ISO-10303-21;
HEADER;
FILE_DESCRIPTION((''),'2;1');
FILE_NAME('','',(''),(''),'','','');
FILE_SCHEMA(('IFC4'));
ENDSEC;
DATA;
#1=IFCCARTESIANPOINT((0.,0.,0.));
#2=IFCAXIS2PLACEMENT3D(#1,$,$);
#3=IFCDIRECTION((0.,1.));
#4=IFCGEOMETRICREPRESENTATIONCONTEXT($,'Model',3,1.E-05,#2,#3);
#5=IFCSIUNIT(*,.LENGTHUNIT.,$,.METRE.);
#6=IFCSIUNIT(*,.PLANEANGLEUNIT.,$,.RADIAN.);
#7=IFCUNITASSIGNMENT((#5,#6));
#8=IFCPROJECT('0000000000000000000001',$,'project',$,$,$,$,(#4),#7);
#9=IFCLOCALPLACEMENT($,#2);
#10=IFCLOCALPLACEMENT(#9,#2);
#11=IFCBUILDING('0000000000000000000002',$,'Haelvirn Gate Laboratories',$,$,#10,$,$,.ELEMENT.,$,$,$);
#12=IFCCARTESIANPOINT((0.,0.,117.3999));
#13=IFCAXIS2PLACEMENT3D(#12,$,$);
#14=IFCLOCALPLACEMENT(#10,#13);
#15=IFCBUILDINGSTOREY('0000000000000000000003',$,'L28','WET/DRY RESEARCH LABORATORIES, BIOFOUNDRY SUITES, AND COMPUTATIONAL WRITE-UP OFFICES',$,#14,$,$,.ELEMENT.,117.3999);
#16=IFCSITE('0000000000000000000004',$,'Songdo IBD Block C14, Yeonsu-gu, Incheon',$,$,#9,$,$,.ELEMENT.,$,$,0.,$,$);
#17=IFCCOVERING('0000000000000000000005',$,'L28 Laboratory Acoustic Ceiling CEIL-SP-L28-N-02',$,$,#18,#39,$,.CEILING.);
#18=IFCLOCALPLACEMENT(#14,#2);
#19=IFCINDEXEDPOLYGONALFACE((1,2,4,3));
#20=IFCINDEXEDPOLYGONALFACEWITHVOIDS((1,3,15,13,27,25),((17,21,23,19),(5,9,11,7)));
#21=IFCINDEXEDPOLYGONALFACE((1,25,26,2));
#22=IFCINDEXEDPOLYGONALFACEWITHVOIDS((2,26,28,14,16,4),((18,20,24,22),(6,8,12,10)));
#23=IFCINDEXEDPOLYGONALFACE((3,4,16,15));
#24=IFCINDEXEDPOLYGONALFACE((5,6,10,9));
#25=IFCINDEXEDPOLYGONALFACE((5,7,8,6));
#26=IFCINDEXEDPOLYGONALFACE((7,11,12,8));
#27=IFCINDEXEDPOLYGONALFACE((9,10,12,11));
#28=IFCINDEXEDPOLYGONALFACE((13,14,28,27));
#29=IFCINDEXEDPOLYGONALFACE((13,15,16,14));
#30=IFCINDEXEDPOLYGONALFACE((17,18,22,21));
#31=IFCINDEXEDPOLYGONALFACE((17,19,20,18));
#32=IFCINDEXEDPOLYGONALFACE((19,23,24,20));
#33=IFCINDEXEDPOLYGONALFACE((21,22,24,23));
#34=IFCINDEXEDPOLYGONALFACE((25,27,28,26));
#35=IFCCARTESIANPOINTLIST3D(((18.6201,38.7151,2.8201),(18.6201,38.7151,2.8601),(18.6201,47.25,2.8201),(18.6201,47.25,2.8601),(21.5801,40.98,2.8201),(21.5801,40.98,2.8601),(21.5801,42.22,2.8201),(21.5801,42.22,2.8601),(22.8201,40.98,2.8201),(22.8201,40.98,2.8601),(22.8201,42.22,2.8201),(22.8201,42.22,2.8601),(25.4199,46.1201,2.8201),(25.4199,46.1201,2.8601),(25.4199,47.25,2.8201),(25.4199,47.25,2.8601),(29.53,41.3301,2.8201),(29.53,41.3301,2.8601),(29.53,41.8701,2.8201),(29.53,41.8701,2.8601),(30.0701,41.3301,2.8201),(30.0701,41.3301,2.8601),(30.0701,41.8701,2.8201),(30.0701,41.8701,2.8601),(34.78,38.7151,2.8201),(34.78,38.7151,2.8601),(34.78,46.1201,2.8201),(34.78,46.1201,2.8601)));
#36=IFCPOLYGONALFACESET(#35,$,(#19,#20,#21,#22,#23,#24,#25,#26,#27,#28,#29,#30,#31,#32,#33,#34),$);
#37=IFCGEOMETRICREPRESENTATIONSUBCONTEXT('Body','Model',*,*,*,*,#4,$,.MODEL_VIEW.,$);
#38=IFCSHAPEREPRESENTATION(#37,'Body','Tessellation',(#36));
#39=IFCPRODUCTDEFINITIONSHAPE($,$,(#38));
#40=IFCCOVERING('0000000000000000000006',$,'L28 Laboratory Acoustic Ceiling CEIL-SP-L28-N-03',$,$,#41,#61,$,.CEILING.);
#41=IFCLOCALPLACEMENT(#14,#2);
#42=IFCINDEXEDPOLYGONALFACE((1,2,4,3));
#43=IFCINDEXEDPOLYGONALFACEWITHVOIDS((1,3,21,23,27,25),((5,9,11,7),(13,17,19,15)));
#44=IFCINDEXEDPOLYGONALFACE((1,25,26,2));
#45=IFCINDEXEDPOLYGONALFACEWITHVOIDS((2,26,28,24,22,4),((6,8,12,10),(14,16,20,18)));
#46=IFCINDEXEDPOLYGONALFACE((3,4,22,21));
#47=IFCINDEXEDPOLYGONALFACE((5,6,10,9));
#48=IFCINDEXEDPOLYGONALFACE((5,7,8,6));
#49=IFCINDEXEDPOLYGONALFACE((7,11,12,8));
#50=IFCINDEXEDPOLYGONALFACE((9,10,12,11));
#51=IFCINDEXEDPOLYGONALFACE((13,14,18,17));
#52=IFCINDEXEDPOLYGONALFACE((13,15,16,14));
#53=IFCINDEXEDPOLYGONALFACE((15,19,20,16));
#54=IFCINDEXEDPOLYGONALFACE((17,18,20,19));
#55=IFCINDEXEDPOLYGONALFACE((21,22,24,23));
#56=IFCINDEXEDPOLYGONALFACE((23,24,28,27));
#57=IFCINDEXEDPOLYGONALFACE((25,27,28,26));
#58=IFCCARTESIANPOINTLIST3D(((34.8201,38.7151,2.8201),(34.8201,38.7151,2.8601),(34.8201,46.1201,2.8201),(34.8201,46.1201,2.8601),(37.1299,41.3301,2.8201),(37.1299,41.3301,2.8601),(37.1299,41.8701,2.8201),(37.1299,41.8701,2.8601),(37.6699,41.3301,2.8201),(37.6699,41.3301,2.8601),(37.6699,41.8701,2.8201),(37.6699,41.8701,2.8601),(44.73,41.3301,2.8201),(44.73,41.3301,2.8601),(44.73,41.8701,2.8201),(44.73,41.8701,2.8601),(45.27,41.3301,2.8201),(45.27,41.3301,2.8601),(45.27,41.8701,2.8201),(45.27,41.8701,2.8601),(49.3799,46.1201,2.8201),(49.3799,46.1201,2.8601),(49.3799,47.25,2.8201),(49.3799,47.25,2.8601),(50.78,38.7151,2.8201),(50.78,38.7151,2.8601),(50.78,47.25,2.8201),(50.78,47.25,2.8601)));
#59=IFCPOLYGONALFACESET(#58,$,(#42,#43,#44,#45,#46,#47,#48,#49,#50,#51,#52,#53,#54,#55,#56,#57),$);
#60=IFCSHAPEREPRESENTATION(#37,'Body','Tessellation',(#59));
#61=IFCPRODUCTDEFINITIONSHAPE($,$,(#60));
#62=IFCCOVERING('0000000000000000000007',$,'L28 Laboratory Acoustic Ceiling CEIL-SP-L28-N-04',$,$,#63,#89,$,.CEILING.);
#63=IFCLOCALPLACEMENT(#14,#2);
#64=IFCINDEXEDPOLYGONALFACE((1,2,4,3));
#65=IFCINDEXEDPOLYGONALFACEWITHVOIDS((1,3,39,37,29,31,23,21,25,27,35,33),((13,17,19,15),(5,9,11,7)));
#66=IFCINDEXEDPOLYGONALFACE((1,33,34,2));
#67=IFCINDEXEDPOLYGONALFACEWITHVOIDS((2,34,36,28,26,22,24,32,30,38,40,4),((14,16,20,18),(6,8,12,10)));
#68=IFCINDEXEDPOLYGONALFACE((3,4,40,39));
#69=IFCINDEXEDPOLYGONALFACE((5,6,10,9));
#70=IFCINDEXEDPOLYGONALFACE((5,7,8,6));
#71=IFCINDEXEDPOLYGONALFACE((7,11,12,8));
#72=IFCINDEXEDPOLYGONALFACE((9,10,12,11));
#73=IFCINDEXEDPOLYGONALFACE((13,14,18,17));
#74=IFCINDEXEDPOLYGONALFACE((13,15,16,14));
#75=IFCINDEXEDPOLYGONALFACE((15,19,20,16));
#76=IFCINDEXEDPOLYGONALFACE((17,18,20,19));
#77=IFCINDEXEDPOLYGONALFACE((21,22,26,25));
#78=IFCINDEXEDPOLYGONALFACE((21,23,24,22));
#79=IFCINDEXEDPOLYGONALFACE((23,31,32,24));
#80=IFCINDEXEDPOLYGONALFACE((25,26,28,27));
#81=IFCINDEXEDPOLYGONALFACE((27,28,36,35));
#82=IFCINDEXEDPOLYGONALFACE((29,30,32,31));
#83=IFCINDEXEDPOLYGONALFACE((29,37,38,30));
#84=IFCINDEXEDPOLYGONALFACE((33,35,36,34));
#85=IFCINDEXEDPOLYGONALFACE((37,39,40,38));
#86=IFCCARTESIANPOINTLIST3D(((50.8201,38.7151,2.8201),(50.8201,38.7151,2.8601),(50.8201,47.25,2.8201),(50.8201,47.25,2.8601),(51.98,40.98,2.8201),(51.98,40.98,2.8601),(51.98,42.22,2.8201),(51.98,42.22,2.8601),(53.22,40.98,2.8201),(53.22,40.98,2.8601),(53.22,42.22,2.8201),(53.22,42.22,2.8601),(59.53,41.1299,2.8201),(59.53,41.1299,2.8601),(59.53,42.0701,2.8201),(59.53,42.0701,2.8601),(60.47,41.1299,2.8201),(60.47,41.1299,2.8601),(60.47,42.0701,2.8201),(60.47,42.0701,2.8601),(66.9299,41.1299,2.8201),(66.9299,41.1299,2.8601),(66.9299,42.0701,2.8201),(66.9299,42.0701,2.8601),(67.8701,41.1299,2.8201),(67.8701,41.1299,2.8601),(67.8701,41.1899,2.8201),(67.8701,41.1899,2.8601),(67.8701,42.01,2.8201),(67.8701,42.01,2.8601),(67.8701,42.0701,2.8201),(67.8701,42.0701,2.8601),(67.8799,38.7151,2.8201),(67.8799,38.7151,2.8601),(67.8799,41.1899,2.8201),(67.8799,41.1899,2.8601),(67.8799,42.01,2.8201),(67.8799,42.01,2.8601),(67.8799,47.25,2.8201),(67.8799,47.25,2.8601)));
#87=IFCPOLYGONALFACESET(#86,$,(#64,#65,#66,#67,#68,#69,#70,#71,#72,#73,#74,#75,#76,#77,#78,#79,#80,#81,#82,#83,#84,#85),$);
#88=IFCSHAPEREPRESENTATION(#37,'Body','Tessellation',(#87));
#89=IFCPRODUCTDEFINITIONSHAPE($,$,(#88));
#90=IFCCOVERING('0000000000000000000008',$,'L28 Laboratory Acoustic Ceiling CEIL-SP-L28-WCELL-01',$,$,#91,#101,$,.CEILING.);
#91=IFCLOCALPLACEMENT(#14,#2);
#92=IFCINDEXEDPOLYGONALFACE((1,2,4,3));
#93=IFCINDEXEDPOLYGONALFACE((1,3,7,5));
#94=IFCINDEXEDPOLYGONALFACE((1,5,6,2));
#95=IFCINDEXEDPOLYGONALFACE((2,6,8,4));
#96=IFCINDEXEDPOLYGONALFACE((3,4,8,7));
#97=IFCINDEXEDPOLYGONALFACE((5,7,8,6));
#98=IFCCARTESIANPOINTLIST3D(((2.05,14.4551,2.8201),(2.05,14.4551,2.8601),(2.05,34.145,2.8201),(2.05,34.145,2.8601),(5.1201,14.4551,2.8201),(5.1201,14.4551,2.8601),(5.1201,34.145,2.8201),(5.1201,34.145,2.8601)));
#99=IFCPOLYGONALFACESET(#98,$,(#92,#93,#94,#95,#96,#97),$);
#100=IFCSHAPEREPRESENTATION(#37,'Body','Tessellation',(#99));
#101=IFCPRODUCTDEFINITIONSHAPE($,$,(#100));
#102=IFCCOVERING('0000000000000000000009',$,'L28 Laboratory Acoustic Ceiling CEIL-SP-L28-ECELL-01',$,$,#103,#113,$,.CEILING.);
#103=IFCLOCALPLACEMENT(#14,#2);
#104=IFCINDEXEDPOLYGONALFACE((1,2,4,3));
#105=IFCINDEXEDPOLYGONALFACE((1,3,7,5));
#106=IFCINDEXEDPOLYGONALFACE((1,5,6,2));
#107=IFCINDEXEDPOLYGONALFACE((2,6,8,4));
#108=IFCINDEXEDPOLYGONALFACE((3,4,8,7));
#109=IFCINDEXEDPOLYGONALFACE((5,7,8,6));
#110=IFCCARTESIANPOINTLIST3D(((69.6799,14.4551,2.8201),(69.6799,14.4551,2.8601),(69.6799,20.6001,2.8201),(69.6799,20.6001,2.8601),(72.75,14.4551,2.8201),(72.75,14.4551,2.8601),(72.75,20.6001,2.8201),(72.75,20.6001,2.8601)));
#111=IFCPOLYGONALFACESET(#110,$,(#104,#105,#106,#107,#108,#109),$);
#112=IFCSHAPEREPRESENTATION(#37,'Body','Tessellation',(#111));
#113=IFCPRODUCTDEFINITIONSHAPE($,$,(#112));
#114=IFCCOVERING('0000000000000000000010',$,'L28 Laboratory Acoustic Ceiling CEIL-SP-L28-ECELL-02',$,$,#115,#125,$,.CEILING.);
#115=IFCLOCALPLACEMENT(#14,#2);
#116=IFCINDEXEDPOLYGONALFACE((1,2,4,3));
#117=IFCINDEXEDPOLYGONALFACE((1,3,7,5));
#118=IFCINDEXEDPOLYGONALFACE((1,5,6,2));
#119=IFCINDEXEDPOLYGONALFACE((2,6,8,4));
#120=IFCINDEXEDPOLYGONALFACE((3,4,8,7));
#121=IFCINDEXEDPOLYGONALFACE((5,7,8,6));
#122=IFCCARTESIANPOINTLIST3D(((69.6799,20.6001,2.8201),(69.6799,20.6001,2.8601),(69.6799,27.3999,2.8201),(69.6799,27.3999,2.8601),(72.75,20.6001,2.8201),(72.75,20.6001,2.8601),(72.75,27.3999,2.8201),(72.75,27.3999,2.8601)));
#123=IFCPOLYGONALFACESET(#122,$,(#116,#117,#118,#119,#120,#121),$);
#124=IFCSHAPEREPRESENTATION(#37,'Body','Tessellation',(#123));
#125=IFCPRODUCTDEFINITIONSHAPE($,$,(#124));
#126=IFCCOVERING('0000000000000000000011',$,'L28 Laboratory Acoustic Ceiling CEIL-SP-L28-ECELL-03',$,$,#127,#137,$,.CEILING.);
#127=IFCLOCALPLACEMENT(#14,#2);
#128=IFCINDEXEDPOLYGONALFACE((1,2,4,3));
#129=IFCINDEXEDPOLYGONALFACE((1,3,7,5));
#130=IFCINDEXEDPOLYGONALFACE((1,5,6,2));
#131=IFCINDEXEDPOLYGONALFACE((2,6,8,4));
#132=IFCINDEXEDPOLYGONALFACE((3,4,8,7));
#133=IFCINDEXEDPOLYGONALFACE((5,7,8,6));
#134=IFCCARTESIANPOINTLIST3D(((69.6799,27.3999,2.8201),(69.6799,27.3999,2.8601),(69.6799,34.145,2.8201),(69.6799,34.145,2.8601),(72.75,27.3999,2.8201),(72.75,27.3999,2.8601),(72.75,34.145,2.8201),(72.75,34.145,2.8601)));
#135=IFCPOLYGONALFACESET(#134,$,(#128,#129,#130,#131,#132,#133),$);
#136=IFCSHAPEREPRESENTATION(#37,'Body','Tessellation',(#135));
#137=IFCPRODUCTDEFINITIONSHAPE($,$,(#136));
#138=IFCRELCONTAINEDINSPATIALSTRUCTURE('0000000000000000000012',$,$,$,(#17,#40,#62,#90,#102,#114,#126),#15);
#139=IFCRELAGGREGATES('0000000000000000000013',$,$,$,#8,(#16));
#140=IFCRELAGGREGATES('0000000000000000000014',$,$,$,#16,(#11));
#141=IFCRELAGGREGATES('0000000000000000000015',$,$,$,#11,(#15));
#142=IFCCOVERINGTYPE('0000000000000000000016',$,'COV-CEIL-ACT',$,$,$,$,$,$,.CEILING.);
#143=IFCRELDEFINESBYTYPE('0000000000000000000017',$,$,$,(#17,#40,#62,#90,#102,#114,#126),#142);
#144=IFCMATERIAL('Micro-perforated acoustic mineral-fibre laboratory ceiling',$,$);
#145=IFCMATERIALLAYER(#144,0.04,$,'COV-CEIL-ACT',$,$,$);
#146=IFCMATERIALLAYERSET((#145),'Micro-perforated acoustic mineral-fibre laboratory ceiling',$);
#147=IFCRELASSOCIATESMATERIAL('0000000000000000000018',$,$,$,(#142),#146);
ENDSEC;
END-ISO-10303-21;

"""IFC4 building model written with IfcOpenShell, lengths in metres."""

from ifc_helpers import new_model, si_unit, direction, frame, origin, place, context, subcontext, project, spatial, polyline, outline, extrude, material, layer, layer_set, type_object, element, save


model = new_model("IFC4")

# Units and contexts
model_context = context("Model", 3, precision=1e-05, world=origin(), true_north=direction((0.0, 1.0)))
body_context = subcontext(model_context, "Body", "Model", "MODEL_VIEW")
ifc_project = project(units=[si_unit("LENGTHUNIT", "METRE"), si_unit("PLANEANGLEUNIT", "RADIAN")], contexts=[model_context])

# Site, building, storey
site_placement = place(None, origin())
site = spatial("IfcSite", under=ifc_project, at=site_placement, Name="Songdo IBD Block C14, Yeonsu-gu, Incheon", CompositionType="ELEMENT", RefElevation=0.0)
building_placement = place(site_placement, origin())
building = spatial("IfcBuilding", under=site, at=building_placement, Name="Haelvirn Gate Laboratories", CompositionType="ELEMENT")
storey_placement = place(building_placement, frame((0.0, 0.0, 117.3999)))
storey = spatial("IfcBuildingStorey", under=building, at=storey_placement, Name="L28", Description="WET/DRY RESEARCH LABORATORIES, BIOFOUNDRY SUITES, AND COMPUTATIONAL WRITE-UP OFFICES", CompositionType="ELEMENT", Elevation=117.3999)

# Coverings
ifc_material_1 = material(Name="Micro-perforated acoustic mineral-fibre laboratory ceiling")
ifc_layer_1 = layer(ifc_material_1, 0.04, Name="COV-CEIL-ACT")
ifc_layer_set_1 = layer_set([ifc_layer_1], Name="Micro-perforated acoustic mineral-fibre laboratory ceiling")
covering_type = type_object("IfcCoveringType", Name="COV-CEIL-ACT", PredefinedType="CEILING", material=ifc_layer_set_1)
covering_1_placement = place(storey_placement, frame((0.0, 0.0, 2.8201)))
element("IfcCovering", 1, at=covering_1_placement, inside=storey, type_object=covering_type, Name="L28 Laboratory Acoustic Ceiling CEIL-SP-L28-N-02", PredefinedType="CEILING", context=body_context, shape_type="SweptSolid", body=[
    extrude(outline(polyline([(34.78, 38.7151), (18.6201, 38.7151), (18.6201, 47.25), (25.4199, 47.25), (25.4199, 46.1201), (34.78, 46.1201), (34.78, 38.7151)]), holes=[polyline([(21.5801, 42.22), (21.5801, 40.98), (22.8201, 40.98), (22.8201, 42.22), (21.5801, 42.22)]), polyline([(30.0701, 41.8701), (29.53, 41.8701), (29.53, 41.3301), (30.0701, 41.3301), (30.0701, 41.8701)])]), origin(), (0.0, 0.0, 1.0), 0.04),
])
covering_2_placement = place(storey_placement, frame((0.0, 0.0, 2.8201)))
element("IfcCovering", 2, at=covering_2_placement, inside=storey, type_object=covering_type, Name="L28 Laboratory Acoustic Ceiling CEIL-SP-L28-N-03", PredefinedType="CEILING", context=body_context, shape_type="SweptSolid", body=[
    extrude(outline(polyline([(49.3799, 47.25), (50.78, 47.25), (50.78, 38.7151), (34.8201, 38.7151), (34.8201, 46.1201), (49.3799, 46.1201), (49.3799, 47.25)]), holes=[polyline([(37.1299, 41.8701), (37.1299, 41.3301), (37.6699, 41.3301), (37.6699, 41.8701), (37.1299, 41.8701)]), polyline([(45.27, 41.8701), (44.73, 41.8701), (44.73, 41.3301), (45.27, 41.3301), (45.27, 41.8701)])]), origin(), (0.0, 0.0, 1.0), 0.04),
])
covering_3_placement = place(storey_placement, frame((0.0, 0.0, 2.8201)))
element("IfcCovering", 3, at=covering_3_placement, inside=storey, type_object=covering_type, Name="L28 Laboratory Acoustic Ceiling CEIL-SP-L28-N-04", PredefinedType="CEILING", context=body_context, shape_type="SweptSolid", body=[
    extrude(outline(polyline([(67.8799, 38.7151), (50.8201, 38.7151), (50.8201, 47.25), (67.8799, 47.25), (67.8799, 42.01), (67.8701, 42.01), (67.8701, 42.0701), (66.9299, 42.0701), (66.9299, 41.1299), (67.8701, 41.1299), (67.8701, 41.1899), (67.8799, 41.1899), (67.8799, 38.7151)]), holes=[polyline([(51.98, 40.98), (53.22, 40.98), (53.22, 42.22), (51.98, 42.22), (51.98, 40.98)]), polyline([(59.53, 42.0701), (59.53, 41.1299), (60.47, 41.1299), (60.47, 42.0701), (59.53, 42.0701)])]), origin(), (0.0, 0.0, 1.0), 0.04),
])
covering_4_placement = place(storey_placement, frame((0.0, 0.0, 2.8201)))
element("IfcCovering", 4, at=covering_4_placement, inside=storey, type_object=covering_type, Name="L28 Laboratory Acoustic Ceiling CEIL-SP-L28-WCELL-01", PredefinedType="CEILING", context=body_context, shape_type="SweptSolid", body=[
    extrude(outline(polyline([(2.05, 34.145), (5.1201, 34.145), (5.1201, 14.4551), (2.05, 14.4551), (2.05, 34.145)])), origin(), (0.0, 0.0, 1.0), 0.04),
])
covering_5_placement = place(storey_placement, frame((0.0, 0.0, 2.8201)))
element("IfcCovering", 5, at=covering_5_placement, inside=storey, type_object=covering_type, Name="L28 Laboratory Acoustic Ceiling CEIL-SP-L28-ECELL-01", PredefinedType="CEILING", context=body_context, shape_type="SweptSolid", body=[
    extrude(outline(polyline([(69.6799, 20.6001), (72.75, 20.6001), (72.75, 14.4551), (69.6799, 14.4551), (69.6799, 20.6001)])), origin(), (0.0, 0.0, 1.0), 0.04),
])
covering_6_placement = place(storey_placement, frame((0.0, 0.0, 2.8201)))
element("IfcCovering", 6, at=covering_6_placement, inside=storey, type_object=covering_type, Name="L28 Laboratory Acoustic Ceiling CEIL-SP-L28-ECELL-02", PredefinedType="CEILING", context=body_context, shape_type="SweptSolid", body=[
    extrude(outline(polyline([(69.6799, 27.3999), (72.75, 27.3999), (72.75, 20.6001), (69.6799, 20.6001), (69.6799, 27.3999)])), origin(), (0.0, 0.0, 1.0), 0.04),
])
covering_7_placement = place(storey_placement, frame((0.0, 0.0, 2.8201)))
element("IfcCovering", 7, at=covering_7_placement, inside=storey, type_object=covering_type, Name="L28 Laboratory Acoustic Ceiling CEIL-SP-L28-ECELL-03", PredefinedType="CEILING", context=body_context, shape_type="SweptSolid", body=[
    extrude(outline(polyline([(69.6799, 34.145), (72.75, 34.145), (72.75, 27.3999), (69.6799, 27.3999), (69.6799, 34.145)])), origin(), (0.0, 0.0, 1.0), 0.04),
])

save(model, "model.ifc")
